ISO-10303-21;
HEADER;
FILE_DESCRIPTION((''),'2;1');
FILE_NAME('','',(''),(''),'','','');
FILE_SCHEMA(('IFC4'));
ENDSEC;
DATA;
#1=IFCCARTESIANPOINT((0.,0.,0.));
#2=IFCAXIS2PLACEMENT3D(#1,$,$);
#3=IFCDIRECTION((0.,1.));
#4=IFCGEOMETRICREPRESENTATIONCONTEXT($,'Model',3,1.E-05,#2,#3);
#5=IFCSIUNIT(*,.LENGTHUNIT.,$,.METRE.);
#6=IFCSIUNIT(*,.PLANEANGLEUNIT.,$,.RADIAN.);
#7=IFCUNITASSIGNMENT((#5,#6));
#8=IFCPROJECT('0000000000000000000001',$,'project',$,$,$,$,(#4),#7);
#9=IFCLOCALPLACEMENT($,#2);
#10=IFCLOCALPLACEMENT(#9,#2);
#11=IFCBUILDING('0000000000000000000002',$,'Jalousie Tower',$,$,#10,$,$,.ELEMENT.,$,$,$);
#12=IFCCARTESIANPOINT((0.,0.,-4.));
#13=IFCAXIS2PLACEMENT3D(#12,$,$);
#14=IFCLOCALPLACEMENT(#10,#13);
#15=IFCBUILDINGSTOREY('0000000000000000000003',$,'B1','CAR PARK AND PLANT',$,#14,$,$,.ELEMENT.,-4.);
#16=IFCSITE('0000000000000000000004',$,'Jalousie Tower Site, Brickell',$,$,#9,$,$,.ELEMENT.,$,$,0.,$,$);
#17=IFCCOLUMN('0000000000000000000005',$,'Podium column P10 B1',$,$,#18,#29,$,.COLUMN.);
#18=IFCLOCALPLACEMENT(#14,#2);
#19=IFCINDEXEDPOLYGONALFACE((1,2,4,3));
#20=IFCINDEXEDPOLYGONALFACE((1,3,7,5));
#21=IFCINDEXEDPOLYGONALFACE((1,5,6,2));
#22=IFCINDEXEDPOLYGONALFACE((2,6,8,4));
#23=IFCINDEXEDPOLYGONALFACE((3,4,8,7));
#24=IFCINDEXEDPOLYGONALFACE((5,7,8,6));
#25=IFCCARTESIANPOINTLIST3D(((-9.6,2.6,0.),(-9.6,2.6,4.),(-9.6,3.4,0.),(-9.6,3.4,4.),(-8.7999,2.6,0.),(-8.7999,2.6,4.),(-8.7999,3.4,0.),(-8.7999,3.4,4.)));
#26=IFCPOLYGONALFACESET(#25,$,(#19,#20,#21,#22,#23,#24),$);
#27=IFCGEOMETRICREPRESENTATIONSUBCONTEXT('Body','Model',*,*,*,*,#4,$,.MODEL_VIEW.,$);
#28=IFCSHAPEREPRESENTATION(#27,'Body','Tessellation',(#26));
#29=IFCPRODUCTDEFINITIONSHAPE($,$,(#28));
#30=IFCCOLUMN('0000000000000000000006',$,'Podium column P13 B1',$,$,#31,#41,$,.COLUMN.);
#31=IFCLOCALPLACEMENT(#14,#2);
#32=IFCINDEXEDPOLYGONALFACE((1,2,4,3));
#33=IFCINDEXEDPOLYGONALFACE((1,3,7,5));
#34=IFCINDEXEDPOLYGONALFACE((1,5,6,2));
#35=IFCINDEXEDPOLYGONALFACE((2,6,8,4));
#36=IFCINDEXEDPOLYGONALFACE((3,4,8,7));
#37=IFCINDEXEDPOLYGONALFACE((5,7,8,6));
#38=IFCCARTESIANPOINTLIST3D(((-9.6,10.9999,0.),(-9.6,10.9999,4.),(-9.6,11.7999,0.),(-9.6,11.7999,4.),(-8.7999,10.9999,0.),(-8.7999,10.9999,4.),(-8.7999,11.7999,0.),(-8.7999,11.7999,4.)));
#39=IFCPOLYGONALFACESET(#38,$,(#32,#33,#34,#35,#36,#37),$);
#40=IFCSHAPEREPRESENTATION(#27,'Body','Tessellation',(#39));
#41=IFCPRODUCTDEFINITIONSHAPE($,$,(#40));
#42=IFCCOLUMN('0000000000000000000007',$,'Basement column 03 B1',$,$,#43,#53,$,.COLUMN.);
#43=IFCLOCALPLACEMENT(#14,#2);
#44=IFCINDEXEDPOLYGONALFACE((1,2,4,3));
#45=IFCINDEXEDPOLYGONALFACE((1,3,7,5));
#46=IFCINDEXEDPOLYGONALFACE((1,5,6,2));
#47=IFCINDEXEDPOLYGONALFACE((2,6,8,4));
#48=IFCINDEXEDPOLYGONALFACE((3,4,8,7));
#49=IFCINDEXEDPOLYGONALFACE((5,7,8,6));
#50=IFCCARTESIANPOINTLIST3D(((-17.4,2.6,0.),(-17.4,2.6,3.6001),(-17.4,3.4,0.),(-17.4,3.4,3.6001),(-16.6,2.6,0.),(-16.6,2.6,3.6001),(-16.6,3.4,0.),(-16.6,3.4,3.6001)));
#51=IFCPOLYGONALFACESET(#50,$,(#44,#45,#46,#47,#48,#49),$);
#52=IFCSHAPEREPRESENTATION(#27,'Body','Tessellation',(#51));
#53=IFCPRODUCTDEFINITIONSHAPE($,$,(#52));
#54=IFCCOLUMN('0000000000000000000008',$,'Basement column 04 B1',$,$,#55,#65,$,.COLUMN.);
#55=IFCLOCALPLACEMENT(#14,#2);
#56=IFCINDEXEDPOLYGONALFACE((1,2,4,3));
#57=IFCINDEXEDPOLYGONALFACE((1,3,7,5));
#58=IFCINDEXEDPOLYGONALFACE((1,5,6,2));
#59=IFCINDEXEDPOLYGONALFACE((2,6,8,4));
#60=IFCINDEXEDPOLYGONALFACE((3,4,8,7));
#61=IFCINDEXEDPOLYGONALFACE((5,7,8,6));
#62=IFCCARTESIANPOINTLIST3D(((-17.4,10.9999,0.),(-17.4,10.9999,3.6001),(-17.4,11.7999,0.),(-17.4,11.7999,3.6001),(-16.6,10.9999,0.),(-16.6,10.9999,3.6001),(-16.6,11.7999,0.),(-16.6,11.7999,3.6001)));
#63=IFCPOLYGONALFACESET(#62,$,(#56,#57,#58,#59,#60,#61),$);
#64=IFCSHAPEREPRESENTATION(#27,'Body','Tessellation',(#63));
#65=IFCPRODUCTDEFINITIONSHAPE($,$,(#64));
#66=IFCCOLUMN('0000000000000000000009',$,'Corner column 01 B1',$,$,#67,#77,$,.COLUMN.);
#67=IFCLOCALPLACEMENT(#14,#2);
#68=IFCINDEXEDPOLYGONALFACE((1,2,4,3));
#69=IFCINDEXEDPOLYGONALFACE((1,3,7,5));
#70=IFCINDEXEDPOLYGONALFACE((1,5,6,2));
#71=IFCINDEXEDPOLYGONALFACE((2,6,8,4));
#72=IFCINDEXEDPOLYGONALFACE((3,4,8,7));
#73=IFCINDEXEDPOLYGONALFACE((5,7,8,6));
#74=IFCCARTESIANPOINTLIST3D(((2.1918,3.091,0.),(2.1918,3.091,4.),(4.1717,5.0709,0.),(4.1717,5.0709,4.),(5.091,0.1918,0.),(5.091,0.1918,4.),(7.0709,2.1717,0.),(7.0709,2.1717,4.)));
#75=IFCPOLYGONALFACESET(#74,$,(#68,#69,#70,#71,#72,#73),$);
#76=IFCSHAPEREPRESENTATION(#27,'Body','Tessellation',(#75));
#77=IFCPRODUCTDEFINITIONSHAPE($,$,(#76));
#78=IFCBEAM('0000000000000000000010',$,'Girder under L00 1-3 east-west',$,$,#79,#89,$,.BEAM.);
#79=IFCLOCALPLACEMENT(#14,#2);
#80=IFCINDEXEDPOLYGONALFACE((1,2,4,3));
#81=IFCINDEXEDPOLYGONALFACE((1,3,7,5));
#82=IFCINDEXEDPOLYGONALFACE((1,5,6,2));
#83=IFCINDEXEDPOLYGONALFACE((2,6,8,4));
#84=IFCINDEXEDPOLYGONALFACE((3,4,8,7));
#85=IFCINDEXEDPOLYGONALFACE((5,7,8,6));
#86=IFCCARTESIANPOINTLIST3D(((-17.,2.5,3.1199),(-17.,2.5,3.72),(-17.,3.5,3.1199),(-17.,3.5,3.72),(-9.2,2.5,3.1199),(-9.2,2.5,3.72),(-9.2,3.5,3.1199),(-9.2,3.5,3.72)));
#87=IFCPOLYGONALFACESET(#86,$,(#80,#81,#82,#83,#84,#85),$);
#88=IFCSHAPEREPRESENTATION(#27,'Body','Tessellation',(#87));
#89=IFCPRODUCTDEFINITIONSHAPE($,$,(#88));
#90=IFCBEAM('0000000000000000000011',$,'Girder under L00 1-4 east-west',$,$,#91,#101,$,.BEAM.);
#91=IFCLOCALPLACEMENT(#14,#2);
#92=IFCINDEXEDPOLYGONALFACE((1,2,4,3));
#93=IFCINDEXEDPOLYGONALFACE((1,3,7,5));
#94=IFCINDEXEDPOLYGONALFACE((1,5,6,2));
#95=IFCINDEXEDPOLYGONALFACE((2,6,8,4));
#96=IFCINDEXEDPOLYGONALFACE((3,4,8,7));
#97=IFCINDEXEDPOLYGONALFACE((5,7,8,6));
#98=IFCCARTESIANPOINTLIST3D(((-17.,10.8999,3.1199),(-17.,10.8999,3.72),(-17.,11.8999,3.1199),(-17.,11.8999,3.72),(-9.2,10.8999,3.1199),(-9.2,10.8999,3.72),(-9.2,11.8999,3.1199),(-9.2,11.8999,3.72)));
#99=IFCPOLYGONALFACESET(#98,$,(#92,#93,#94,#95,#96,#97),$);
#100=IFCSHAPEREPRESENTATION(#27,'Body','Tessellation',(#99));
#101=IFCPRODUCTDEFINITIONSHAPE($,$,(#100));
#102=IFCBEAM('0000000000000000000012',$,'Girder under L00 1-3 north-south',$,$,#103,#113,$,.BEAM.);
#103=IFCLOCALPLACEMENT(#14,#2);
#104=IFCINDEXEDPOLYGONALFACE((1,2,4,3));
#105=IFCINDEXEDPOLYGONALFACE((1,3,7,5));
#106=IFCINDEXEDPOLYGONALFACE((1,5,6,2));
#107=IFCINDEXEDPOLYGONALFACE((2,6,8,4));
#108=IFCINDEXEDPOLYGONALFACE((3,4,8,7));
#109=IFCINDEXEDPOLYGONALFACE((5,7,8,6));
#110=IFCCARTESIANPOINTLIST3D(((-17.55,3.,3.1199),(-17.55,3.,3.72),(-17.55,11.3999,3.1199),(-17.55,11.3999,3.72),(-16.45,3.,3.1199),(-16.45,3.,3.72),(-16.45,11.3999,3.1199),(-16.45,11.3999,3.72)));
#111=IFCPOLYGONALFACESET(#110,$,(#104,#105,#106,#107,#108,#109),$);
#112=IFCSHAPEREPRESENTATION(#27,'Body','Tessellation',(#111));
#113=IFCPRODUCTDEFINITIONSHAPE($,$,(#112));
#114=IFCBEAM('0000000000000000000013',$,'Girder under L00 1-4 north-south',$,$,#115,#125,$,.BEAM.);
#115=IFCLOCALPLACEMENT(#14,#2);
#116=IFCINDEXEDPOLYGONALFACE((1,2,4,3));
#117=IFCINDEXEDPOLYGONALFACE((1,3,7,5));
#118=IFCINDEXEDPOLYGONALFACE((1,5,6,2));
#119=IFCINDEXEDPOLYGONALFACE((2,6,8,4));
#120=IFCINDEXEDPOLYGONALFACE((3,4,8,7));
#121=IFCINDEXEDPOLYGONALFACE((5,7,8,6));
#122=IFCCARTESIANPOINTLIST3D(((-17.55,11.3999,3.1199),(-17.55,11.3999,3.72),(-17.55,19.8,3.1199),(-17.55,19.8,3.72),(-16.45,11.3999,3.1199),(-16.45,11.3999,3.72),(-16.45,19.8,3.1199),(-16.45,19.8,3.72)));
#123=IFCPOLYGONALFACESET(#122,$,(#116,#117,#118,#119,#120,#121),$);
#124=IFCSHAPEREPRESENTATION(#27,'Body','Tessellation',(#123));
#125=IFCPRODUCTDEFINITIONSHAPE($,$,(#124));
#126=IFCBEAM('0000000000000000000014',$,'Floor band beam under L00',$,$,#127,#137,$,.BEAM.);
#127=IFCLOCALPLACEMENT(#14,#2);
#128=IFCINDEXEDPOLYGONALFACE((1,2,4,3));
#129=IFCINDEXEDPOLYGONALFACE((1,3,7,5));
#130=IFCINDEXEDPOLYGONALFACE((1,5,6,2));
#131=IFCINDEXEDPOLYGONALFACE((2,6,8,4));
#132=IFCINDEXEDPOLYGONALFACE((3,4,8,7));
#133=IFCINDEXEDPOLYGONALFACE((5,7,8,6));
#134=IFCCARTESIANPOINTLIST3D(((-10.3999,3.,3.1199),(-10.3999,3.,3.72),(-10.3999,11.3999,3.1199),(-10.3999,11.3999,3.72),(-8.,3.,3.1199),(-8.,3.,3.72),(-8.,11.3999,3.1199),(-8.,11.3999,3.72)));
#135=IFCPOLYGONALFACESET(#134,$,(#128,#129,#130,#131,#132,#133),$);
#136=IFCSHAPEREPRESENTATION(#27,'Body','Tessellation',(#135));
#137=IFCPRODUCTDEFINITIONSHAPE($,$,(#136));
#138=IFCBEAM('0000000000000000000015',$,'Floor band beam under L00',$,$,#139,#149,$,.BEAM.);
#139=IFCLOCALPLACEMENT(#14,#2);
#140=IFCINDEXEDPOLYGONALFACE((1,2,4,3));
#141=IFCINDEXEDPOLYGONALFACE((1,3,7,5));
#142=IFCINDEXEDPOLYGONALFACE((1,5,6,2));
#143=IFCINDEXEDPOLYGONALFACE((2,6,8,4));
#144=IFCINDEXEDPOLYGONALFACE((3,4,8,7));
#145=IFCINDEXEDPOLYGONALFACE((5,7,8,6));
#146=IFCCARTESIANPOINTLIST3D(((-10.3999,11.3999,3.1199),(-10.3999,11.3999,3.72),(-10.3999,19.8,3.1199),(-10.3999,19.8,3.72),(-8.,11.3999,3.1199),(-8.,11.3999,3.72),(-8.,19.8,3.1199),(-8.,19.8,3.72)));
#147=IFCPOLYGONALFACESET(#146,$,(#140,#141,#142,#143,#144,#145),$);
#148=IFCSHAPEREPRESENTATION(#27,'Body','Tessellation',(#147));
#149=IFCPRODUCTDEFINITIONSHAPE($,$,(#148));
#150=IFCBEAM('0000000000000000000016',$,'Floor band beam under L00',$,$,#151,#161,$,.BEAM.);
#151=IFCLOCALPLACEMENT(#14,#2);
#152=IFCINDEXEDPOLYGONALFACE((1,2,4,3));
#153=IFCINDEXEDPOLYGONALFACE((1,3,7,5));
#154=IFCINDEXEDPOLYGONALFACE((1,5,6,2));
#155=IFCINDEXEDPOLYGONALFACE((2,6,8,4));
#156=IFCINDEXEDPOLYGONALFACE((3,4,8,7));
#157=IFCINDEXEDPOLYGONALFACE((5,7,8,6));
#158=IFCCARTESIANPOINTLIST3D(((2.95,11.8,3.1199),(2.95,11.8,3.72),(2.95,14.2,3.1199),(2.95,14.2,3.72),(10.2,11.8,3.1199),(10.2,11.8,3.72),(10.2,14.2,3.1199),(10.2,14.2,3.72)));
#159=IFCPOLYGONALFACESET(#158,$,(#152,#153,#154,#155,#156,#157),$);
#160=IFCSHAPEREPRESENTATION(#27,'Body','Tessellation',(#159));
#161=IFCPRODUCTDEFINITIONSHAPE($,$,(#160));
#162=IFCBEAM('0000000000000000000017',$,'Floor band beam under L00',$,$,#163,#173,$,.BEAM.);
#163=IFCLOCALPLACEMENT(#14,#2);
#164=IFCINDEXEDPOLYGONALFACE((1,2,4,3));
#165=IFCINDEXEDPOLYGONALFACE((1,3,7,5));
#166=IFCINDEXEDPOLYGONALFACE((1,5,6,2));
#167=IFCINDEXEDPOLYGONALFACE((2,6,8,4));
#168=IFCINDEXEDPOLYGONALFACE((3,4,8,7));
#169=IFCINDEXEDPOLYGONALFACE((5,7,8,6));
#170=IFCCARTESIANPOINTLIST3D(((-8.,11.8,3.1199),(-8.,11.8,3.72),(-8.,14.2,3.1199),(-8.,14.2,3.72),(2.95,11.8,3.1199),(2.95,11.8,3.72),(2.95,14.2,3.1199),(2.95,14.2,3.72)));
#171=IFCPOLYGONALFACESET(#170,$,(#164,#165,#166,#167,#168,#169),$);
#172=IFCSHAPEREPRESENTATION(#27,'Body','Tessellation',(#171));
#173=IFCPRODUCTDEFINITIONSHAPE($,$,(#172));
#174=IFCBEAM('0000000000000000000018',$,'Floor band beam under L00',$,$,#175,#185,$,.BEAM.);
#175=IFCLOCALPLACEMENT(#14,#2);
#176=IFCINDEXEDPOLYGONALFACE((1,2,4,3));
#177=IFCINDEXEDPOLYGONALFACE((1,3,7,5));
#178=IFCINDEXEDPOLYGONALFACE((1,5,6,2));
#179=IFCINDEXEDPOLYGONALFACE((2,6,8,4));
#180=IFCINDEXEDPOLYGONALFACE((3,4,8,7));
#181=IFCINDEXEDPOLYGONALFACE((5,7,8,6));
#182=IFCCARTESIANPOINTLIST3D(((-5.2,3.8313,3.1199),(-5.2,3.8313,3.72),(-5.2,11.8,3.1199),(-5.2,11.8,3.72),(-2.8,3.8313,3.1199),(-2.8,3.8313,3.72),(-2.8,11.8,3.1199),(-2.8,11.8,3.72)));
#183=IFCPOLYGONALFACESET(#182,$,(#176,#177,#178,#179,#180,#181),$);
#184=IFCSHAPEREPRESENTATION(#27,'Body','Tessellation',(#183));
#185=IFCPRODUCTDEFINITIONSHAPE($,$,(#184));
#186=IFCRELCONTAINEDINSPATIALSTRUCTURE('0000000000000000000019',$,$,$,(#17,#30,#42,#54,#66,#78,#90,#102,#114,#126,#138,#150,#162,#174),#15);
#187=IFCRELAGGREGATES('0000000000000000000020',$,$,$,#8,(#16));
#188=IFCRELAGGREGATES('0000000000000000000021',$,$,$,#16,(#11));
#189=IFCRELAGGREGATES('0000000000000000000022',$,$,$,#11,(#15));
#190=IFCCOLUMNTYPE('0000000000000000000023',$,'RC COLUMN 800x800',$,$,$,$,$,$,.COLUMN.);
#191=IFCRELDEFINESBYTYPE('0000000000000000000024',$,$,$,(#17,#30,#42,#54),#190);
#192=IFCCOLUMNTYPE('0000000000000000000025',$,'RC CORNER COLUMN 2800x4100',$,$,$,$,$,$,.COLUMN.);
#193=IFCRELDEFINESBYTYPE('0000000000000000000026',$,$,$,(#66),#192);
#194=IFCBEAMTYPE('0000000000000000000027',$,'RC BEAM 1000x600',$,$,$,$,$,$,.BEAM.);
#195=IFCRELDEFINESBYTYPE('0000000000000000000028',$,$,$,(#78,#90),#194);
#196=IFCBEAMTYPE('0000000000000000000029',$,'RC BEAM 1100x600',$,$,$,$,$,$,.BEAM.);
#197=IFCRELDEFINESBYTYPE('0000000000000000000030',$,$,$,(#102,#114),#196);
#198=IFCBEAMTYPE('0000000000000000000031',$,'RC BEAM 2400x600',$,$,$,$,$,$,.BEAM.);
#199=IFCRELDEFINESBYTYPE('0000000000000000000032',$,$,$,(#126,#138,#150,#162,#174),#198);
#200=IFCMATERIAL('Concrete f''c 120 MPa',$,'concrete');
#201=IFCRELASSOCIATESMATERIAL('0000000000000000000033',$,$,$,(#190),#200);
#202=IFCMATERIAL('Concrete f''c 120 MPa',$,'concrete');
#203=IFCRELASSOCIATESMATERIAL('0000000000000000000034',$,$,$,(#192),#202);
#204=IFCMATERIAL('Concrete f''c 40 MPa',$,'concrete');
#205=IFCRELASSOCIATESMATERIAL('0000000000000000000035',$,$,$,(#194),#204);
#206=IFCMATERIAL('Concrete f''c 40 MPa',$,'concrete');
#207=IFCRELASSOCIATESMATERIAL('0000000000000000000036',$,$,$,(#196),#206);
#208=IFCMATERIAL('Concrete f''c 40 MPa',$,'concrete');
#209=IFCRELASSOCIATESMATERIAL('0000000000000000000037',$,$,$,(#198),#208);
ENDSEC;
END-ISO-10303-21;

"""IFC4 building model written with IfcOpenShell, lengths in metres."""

from ifc_helpers import new_model, si_unit, direction, frame, origin, origin_2d, place, context, subcontext, project, spatial, rectangle, extrude, material, material_profile, profile_set, type_object, element, save


model = new_model("IFC4")

# Units and contexts
model_context = context("Model", 3, precision=1e-05, world=origin(), true_north=direction((0.0, 1.0)))
body_context = subcontext(model_context, "Body", "Model", "MODEL_VIEW")
ifc_project = project(units=[si_unit("LENGTHUNIT", "METRE"), si_unit("PLANEANGLEUNIT", "RADIAN")], contexts=[model_context])

# Site, building, storey
site_placement = place(None, origin())
site = spatial("IfcSite", under=ifc_project, at=site_placement, Name="Jalousie Tower Site, Brickell", CompositionType="ELEMENT", RefElevation=0.0)
building_placement = place(site_placement, origin())
building = spatial("IfcBuilding", under=site, at=building_placement, Name="Jalousie Tower", CompositionType="ELEMENT")
storey_placement = place(building_placement, frame((0.0, 0.0, -4.0)))
storey = spatial("IfcBuildingStorey", under=building, at=storey_placement, Name="B1", Description="CAR PARK AND PLANT", CompositionType="ELEMENT", Elevation=-4.0)

# Columns
ifc_material_1 = material(Name="Concrete f'c 120 MPa", Category="concrete")
ifc_material_profile_1 = material_profile(ifc_material_1, rectangle(XDim=0.8, YDim=0.8, at=origin_2d()), Name="RC 800x800")
ifc_profile_set_1 = profile_set([ifc_material_profile_1], Name="Concrete f'c 120 MPa")
column_type_1 = type_object("IfcColumnType", Name="RC COLUMN 800x800", PredefinedType="COLUMN", material=ifc_profile_set_1)
for number, where, z_axis, x_axis, name in (
    (1, (-9.2, 3.0, 0.0), (0.0, 0.0, 1.0), (1.0, 0.0, 0.0), "Podium column P10 B1"),
    (2, (-9.2, 11.3999, 0.0), (0.0, 0.0, 1.0), (1.0, 0.0, 0.0), "Podium column P13 B1"),
):
    element("IfcColumn", number, at=place(storey_placement, frame(where, z_axis=z_axis, x_axis=x_axis)), inside=storey, type_object=column_type_1, Name=name, PredefinedType="COLUMN", context=body_context, shape_type="SweptSolid", body=[
        extrude(rectangle(XDim=0.8, YDim=0.8, at=origin_2d()), origin(), (0.0, 0.0, 1.0), 4.0),
    ])
for number, where, z_axis, x_axis, name in (
    (3, (-17.0, 3.0, 0.0), (0.0, 0.0, 1.0), (1.0, 0.0, 0.0), "Basement column 03 B1"),
    (4, (-17.0, 11.3999, 0.0), (0.0, 0.0, 1.0), (1.0, 0.0, 0.0), "Basement column 04 B1"),
):
    element("IfcColumn", number, at=place(storey_placement, frame(where, z_axis=z_axis, x_axis=x_axis)), inside=storey, type_object=column_type_1, Name=name, PredefinedType="COLUMN", context=body_context, shape_type="SweptSolid", body=[
        extrude(rectangle(XDim=0.8, YDim=0.8, at=origin_2d()), origin(), (0.0, 0.0, 1.0), 3.6001),
    ])
ifc_material_2 = material(Name="Concrete f'c 120 MPa", Category="concrete")
ifc_material_profile_2 = material_profile(ifc_material_2, rectangle(XDim=2.8, YDim=4.1001, at=origin_2d()), Name="RC 2800x4100")
ifc_profile_set_2 = profile_set([ifc_material_profile_2], Name="Concrete f'c 120 MPa")
column_type_2 = type_object("IfcColumnType", Name="RC CORNER COLUMN 2800x4100", PredefinedType="COLUMN", material=ifc_profile_set_2)
column_placement = place(storey_placement, frame((4.6313, 2.6313, 0.0), z_axis=(0.0, 0.0, 1.0), x_axis=(0.707107, 0.707107, 0.0)))
element("IfcColumn", 5, at=column_placement, inside=storey, type_object=column_type_2, Name="Corner column 01 B1", PredefinedType="COLUMN", context=body_context, shape_type="SweptSolid", body=[
    extrude(rectangle(XDim=2.8, YDim=4.1001, at=origin_2d()), origin(), (0.0, 0.0, 1.0), 4.0),
])

# Beams
ifc_material_3 = material(Name="Concrete f'c 40 MPa", Category="concrete")
ifc_material_profile_3 = material_profile(ifc_material_3, rectangle(XDim=1.0, YDim=0.6001, at=origin_2d()), Name="RC 1000x600")
ifc_profile_set_3 = profile_set([ifc_material_profile_3], Name="Concrete f'c 40 MPa")
beam_type_1 = type_object("IfcBeamType", Name="RC BEAM 1000x600", PredefinedType="BEAM", material=ifc_profile_set_3)
for number, where, z_axis, x_axis, name in (
    (6, (-17.0, 3.0, 3.4199), (1.0, 0.0, 0.0), (0.0, 1.0, 0.0), "Girder under L00 1-3 east-west"),
    (7, (-17.0, 11.3999, 3.4199), (1.0, 0.0, 0.0), (0.0, 1.0, 0.0), "Girder under L00 1-4 east-west"),
):
    element("IfcBeam", number, at=place(storey_placement, frame(where, z_axis=z_axis, x_axis=x_axis)), inside=storey, type_object=beam_type_1, Name=name, PredefinedType="BEAM", context=body_context, shape_type="SweptSolid", body=[
        extrude(rectangle(XDim=1.0, YDim=0.6001, at=origin_2d()), origin(), (0.0, 0.0, 1.0), 7.8),
    ])
ifc_material_4 = material(Name="Concrete f'c 40 MPa", Category="concrete")
ifc_material_profile_4 = material_profile(ifc_material_4, rectangle(XDim=1.1001, YDim=0.6001, at=origin_2d()), Name="RC 1100x600")
ifc_profile_set_4 = profile_set([ifc_material_profile_4], Name="Concrete f'c 40 MPa")
beam_type_2 = type_object("IfcBeamType", Name="RC BEAM 1100x600", PredefinedType="BEAM", material=ifc_profile_set_4)
beam_1_placement = place(storey_placement, frame((-17.0, 3.0, 3.4199), z_axis=(0.0, 1.0, 0.0), x_axis=(-1.0, 0.0, 0.0)))
element("IfcBeam", 8, at=beam_1_placement, inside=storey, type_object=beam_type_2, Name="Girder under L00 1-3 north-south", PredefinedType="BEAM", context=body_context, shape_type="SweptSolid", body=[
    extrude(rectangle(XDim=1.1001, YDim=0.6001, at=origin_2d()), origin(), (0.0, 0.0, 1.0), 8.3999),
])
beam_2_placement = place(storey_placement, frame((-17.0, 11.3999, 3.4199), z_axis=(0.0, 1.0, 0.0), x_axis=(-1.0, 0.0, 0.0)))
element("IfcBeam", 9, at=beam_2_placement, inside=storey, type_object=beam_type_2, Name="Girder under L00 1-4 north-south", PredefinedType="BEAM", context=body_context, shape_type="SweptSolid", body=[
    extrude(rectangle(XDim=1.1001, YDim=0.6001, at=origin_2d()), origin(), (0.0, 0.0, 1.0), 8.4001),
])
ifc_material_5 = material(Name="Concrete f'c 40 MPa", Category="concrete")
ifc_material_profile_5 = material_profile(ifc_material_5, rectangle(XDim=2.3999, YDim=0.6001, at=origin_2d()), Name="RC 2400x600")
ifc_profile_set_5 = profile_set([ifc_material_profile_5], Name="Concrete f'c 40 MPa")
beam_type_3 = type_object("IfcBeamType", Name="RC BEAM 2400x600", PredefinedType="BEAM", material=ifc_profile_set_5)
beam_3_placement = place(storey_placement, frame((-9.2, 3.0, 3.4199), z_axis=(0.0, 1.0, 0.0), x_axis=(-1.0, 0.0, 0.0)))
element("IfcBeam", 10, at=beam_3_placement, inside=storey, type_object=beam_type_3, Name="Floor band beam under L00", PredefinedType="BEAM", context=body_context, shape_type="SweptSolid", body=[
    extrude(rectangle(XDim=2.3999, YDim=0.6001, at=origin_2d()), origin(), (0.0, 0.0, 1.0), 8.3999),
])
beam_4_placement = place(storey_placement, frame((-9.2, 11.3999, 3.4199), z_axis=(0.0, 1.0, 0.0), x_axis=(-1.0, 0.0, 0.0)))
element("IfcBeam", 11, at=beam_4_placement, inside=storey, type_object=beam_type_3, Name="Floor band beam under L00", PredefinedType="BEAM", context=body_context, shape_type="SweptSolid", body=[
    extrude(rectangle(XDim=2.3999, YDim=0.6001, at=origin_2d()), origin(), (0.0, 0.0, 1.0), 8.4001),
])
beam_5_placement = place(storey_placement, frame((2.95, 13.0, 3.4199), z_axis=(1.0, 0.0, 0.0), x_axis=(0.0, 1.0, 0.0)))
element("IfcBeam", 12, at=beam_5_placement, inside=storey, type_object=beam_type_3, Name="Floor band beam under L00", PredefinedType="BEAM", context=body_context, shape_type="SweptSolid", body=[
    extrude(rectangle(XDim=2.3999, YDim=0.6001, at=origin_2d()), origin(), (0.0, 0.0, 1.0), 7.25),
])
beam_6_placement = place(storey_placement, frame((2.95, 13.0, 3.4199), z_axis=(-1.0, 0.0, 0.0), x_axis=(0.0, -1.0, 0.0)))
element("IfcBeam", 13, at=beam_6_placement, inside=storey, type_object=beam_type_3, Name="Floor band beam under L00", PredefinedType="BEAM", context=body_context, shape_type="SweptSolid", body=[
    extrude(rectangle(XDim=2.3999, YDim=0.6001, at=origin_2d()), origin(), (0.0, 0.0, 1.0), 10.95),
])
beam_7_placement = place(storey_placement, frame((-4.0, 3.8313, 3.4199), z_axis=(0.0, 1.0, 0.0), x_axis=(-1.0, 0.0, 0.0)))
element("IfcBeam", 14, at=beam_7_placement, inside=storey, type_object=beam_type_3, Name="Floor band beam under L00", PredefinedType="BEAM", context=body_context, shape_type="SweptSolid", body=[
    extrude(rectangle(XDim=2.3999, YDim=0.6001, at=origin_2d()), origin(), (0.0, 0.0, 1.0), 7.9688),
])

save(model, "model.ifc")
